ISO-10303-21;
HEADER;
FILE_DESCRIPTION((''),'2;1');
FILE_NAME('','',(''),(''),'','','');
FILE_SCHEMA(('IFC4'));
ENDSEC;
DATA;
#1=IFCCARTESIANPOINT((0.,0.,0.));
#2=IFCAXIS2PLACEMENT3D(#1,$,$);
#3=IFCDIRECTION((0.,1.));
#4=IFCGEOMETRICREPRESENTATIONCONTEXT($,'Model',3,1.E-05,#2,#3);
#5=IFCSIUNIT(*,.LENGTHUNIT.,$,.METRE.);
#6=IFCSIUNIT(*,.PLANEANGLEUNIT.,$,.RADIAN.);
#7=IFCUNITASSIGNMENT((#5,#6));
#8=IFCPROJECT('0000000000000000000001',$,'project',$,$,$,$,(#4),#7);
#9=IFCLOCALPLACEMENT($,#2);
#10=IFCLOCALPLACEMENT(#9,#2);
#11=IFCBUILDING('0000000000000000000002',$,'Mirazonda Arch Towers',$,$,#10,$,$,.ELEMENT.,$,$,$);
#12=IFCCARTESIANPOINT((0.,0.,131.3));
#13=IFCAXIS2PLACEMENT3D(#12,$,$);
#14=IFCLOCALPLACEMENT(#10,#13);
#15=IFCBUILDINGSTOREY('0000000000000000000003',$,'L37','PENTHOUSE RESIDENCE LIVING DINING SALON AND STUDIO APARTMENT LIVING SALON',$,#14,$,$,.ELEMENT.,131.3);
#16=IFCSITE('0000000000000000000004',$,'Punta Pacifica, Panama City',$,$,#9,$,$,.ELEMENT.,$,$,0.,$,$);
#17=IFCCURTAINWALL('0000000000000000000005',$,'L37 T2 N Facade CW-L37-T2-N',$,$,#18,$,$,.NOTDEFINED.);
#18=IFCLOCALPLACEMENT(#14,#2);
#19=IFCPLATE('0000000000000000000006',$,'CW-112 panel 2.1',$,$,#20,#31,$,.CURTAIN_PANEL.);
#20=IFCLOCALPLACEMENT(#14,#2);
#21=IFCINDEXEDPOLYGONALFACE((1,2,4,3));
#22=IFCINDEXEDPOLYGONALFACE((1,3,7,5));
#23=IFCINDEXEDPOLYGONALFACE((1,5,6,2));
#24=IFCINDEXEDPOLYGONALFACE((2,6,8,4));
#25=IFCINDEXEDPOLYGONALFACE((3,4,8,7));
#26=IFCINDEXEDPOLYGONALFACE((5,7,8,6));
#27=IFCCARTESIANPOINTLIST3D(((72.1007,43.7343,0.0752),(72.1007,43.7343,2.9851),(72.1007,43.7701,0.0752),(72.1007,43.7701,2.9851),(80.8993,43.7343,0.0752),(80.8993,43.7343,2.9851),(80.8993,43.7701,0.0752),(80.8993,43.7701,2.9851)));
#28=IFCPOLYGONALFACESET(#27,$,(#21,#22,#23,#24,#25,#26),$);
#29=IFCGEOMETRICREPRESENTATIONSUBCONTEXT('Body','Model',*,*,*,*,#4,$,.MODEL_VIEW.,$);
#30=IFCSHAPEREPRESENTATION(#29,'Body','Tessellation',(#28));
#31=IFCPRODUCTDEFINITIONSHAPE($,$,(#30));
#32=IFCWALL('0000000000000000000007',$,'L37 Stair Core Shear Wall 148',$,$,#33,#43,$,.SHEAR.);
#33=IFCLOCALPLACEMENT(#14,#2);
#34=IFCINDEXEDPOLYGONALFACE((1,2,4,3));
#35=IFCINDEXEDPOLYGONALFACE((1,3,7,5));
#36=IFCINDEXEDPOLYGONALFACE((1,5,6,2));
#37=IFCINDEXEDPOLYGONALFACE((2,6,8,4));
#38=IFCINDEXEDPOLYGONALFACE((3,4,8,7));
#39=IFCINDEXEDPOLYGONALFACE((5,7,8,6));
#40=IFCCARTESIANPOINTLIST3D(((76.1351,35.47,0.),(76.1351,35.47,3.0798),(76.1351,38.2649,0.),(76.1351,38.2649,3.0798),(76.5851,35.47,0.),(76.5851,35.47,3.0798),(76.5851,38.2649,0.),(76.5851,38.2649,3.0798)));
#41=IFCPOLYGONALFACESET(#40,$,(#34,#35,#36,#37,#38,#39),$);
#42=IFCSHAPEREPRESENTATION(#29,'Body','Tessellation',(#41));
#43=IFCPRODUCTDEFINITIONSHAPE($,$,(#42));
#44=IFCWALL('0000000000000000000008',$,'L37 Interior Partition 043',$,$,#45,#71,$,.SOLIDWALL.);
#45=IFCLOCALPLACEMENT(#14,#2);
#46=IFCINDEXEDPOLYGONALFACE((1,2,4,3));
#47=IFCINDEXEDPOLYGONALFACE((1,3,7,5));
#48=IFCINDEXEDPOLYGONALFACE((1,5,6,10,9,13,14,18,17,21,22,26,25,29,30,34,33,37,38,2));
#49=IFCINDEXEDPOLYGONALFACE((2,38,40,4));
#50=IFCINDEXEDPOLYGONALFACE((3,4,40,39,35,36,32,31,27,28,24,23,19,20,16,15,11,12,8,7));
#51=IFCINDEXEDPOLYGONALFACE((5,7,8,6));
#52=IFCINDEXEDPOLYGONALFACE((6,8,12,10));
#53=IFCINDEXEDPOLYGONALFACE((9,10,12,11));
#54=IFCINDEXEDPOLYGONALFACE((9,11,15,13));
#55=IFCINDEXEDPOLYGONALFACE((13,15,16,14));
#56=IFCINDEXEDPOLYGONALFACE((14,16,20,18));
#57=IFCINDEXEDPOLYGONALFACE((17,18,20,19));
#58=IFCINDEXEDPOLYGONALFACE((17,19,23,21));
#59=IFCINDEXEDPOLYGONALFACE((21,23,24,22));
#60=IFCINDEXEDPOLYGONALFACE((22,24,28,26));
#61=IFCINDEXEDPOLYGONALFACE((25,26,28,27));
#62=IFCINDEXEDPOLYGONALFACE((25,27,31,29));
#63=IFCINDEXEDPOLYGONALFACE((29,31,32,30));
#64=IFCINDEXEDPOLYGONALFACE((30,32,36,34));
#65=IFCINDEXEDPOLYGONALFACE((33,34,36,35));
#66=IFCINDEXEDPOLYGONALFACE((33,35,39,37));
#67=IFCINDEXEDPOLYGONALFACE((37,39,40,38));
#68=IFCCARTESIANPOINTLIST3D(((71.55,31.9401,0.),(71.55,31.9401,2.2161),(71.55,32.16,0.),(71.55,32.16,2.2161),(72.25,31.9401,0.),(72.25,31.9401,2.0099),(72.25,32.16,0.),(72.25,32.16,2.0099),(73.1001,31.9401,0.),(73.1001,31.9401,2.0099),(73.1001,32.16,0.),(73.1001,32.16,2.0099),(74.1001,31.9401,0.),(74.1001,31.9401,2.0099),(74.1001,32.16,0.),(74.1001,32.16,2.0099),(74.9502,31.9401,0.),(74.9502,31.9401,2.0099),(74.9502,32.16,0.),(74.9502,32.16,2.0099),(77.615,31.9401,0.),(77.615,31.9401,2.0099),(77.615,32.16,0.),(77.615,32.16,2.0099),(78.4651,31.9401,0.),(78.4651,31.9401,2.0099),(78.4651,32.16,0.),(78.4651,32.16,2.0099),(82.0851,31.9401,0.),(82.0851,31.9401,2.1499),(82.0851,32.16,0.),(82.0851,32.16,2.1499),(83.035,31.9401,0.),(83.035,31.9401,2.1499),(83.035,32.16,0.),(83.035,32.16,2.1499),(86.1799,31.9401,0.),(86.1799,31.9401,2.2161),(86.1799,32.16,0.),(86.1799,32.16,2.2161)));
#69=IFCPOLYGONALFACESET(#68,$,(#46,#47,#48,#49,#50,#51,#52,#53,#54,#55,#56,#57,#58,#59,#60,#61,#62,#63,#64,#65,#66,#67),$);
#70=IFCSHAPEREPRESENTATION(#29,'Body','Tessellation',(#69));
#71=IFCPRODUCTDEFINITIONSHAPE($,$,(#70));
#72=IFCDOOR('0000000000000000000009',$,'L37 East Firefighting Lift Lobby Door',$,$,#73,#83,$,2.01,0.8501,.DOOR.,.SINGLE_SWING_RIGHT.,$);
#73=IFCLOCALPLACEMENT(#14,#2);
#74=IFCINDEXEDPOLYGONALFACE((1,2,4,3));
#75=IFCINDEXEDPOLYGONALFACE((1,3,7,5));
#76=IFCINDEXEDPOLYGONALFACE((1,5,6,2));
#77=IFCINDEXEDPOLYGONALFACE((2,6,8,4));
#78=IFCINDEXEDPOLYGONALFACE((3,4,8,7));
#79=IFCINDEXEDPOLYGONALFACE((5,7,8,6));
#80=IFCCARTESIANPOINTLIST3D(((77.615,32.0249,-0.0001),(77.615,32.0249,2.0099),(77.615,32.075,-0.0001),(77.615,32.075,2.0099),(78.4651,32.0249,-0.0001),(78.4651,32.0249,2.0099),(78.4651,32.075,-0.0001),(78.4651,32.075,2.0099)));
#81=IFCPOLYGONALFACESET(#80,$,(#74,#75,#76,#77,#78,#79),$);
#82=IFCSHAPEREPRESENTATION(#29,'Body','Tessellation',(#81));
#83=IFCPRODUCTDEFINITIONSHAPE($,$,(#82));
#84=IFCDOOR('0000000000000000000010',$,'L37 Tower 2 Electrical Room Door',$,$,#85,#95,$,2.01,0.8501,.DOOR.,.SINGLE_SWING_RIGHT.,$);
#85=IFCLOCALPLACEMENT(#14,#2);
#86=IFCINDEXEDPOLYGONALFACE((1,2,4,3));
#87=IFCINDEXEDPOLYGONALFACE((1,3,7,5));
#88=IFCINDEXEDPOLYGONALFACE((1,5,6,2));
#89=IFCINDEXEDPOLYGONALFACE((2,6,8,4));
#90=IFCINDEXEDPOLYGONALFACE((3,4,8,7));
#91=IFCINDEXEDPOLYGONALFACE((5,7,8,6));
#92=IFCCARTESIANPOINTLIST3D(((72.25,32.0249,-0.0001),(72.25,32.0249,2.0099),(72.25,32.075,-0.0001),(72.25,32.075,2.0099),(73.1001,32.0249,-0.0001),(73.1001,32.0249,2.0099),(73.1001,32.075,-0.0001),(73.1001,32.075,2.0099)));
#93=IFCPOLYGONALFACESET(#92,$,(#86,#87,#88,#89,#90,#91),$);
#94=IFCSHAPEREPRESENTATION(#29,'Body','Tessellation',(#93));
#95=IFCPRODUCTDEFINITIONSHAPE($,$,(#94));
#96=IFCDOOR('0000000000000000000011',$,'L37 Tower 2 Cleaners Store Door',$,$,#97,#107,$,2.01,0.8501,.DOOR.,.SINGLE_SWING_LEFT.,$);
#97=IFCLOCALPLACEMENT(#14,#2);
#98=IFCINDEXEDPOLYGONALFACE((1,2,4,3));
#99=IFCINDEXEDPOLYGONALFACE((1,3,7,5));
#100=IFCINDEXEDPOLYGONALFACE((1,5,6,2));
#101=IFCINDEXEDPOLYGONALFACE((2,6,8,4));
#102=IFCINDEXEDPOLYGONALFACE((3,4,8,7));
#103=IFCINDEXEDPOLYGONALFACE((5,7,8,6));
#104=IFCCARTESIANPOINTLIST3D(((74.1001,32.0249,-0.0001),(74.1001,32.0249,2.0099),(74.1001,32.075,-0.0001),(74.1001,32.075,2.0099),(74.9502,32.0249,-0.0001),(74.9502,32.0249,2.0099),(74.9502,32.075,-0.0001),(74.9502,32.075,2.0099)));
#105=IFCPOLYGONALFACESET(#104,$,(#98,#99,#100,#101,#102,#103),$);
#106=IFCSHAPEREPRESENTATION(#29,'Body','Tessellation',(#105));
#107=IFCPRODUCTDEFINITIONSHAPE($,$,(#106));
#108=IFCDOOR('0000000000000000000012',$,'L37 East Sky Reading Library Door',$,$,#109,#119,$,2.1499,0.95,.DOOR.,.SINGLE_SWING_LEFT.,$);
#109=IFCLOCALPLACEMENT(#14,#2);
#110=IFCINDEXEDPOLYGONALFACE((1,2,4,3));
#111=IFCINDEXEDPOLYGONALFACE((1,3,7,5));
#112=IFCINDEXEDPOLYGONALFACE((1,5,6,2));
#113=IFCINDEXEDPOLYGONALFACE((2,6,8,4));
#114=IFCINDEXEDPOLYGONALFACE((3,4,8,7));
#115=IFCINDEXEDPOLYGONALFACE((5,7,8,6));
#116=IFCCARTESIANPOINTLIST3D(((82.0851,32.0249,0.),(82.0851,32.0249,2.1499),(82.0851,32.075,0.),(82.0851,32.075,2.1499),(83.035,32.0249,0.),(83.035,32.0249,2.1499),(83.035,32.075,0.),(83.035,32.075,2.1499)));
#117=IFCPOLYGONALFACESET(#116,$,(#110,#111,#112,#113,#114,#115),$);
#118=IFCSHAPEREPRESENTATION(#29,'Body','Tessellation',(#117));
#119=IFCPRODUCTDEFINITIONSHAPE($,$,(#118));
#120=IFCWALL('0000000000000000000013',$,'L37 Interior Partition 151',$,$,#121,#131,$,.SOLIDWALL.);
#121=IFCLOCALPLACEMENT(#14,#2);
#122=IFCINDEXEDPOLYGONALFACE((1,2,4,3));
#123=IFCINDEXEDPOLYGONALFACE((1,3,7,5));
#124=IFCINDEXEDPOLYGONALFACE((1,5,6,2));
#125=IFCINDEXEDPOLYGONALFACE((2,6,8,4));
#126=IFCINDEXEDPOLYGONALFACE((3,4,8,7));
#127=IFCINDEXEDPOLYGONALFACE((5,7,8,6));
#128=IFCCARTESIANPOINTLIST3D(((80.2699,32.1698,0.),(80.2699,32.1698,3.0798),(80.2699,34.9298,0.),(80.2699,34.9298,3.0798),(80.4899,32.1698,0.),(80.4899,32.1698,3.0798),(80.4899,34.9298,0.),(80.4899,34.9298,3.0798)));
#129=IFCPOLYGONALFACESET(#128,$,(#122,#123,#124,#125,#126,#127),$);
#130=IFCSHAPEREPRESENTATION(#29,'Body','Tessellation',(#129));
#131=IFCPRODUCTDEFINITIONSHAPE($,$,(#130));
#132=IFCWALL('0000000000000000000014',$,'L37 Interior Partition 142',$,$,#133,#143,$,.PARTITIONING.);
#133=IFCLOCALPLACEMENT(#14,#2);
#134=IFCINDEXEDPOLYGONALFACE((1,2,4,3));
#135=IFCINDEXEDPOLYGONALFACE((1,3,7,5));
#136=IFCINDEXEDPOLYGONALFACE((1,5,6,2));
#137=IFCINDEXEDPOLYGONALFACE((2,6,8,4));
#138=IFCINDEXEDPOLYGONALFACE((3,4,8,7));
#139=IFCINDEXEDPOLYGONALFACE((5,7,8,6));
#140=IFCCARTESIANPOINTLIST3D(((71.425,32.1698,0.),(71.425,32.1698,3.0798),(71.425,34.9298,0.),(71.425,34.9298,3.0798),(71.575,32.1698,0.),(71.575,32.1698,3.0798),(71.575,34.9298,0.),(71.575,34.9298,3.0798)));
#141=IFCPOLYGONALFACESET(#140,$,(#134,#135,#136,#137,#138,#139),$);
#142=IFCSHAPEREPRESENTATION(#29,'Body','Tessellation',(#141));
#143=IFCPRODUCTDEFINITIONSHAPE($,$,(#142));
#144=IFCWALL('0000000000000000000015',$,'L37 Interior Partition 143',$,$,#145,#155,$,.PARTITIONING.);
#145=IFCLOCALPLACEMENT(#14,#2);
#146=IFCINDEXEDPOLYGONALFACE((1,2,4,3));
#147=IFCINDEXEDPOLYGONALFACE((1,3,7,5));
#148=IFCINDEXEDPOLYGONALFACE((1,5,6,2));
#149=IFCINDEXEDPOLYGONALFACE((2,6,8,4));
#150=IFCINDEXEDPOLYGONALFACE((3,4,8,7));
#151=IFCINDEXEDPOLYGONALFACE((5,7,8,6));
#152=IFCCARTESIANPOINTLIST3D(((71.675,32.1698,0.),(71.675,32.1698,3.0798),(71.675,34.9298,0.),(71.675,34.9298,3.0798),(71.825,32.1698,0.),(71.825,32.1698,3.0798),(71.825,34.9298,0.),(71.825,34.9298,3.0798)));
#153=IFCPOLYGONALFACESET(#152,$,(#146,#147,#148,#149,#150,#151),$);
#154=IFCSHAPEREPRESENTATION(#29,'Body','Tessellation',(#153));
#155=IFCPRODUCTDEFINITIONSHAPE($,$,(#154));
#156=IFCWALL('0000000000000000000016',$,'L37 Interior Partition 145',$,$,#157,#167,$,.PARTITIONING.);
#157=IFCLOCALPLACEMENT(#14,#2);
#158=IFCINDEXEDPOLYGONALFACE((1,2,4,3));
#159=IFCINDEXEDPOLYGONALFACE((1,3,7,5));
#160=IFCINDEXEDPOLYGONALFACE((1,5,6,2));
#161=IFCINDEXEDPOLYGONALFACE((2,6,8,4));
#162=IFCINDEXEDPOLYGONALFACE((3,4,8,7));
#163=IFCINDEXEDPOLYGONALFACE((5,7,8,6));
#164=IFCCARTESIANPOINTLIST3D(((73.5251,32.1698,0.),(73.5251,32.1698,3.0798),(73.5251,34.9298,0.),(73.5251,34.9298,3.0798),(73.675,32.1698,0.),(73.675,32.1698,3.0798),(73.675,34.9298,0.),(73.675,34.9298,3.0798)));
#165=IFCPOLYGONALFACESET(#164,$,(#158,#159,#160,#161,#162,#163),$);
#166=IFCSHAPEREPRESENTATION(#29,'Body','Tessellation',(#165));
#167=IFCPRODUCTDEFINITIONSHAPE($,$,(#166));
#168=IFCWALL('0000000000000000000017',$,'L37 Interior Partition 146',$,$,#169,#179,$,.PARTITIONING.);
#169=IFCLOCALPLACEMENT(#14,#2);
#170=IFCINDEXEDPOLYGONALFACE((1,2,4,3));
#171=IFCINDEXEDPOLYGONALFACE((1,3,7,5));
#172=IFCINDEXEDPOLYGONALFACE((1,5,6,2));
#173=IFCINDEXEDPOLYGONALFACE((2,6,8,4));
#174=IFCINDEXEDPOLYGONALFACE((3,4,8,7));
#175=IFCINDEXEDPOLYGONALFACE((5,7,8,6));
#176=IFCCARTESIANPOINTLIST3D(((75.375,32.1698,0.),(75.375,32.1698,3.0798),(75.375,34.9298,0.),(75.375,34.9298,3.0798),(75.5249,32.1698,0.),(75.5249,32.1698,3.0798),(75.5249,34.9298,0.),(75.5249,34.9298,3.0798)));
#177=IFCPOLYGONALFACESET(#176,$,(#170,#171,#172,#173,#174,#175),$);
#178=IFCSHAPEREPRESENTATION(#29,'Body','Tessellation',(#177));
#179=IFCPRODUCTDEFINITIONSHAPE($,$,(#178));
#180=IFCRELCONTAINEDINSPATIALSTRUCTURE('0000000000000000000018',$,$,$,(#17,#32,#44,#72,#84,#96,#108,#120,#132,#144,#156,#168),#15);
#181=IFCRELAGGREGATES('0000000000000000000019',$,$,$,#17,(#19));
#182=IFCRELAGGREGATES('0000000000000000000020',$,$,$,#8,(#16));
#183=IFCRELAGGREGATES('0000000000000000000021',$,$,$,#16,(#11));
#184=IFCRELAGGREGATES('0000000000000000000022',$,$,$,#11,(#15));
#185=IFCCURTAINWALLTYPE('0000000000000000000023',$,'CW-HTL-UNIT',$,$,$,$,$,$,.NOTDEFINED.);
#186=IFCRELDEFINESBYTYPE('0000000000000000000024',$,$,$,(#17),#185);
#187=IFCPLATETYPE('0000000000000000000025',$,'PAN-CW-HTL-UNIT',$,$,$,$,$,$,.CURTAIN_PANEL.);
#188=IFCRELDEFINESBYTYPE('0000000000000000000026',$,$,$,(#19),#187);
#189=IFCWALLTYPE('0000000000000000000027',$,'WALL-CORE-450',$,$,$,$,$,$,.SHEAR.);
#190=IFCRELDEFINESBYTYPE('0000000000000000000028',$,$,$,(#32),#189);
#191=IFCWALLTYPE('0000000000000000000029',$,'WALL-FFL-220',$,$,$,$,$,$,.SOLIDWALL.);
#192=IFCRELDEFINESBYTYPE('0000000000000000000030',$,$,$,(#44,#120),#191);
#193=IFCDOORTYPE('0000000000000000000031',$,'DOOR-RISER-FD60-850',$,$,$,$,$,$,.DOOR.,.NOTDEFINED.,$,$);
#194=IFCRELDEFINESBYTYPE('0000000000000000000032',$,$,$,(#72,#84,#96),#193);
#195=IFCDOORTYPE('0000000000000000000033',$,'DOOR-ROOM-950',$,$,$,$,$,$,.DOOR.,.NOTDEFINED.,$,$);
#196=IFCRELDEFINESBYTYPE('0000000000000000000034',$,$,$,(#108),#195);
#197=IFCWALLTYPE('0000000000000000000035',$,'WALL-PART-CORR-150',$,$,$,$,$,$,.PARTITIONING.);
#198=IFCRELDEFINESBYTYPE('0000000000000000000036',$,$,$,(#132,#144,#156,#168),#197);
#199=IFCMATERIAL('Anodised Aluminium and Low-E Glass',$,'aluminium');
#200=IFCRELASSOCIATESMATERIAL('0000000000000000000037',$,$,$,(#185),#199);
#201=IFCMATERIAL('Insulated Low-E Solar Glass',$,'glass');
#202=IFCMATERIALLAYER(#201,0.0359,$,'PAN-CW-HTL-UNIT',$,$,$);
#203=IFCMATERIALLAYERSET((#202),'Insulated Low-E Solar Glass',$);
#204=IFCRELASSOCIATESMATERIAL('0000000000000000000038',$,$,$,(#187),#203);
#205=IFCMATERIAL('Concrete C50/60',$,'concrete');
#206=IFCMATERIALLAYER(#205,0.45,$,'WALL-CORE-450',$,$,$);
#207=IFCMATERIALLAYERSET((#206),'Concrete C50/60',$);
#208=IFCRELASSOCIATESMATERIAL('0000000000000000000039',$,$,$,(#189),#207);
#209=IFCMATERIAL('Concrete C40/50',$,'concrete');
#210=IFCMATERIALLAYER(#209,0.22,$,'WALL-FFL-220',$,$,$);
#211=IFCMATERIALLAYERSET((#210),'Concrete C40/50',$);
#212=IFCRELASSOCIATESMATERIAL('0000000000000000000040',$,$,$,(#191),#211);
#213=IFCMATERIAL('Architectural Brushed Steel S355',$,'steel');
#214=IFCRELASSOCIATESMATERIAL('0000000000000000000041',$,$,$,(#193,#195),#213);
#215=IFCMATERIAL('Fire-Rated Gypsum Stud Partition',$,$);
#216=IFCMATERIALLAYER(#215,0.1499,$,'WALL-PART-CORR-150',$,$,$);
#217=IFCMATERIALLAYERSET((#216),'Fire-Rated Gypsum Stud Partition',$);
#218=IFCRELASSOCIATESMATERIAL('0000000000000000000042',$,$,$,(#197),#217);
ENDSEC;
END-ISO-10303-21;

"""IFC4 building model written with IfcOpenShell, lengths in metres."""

from ifc_helpers import new_model, si_unit, direction, frame, frame_2d, origin, origin_2d, place, context, subcontext, project, spatial, rectangle, extrude, material, layer, layer_set, type_object, element, fill, aggregate, save


model = new_model("IFC4")

# Units and contexts
model_context = context("Model", 3, precision=1e-05, world=origin(), true_north=direction((0.0, 1.0)))
body_context = subcontext(model_context, "Body", "Model", "MODEL_VIEW")
ifc_project = project(units=[si_unit("LENGTHUNIT", "METRE"), si_unit("PLANEANGLEUNIT", "RADIAN")], contexts=[model_context])

# Site, building, storey
site_placement = place(None, origin())
site = spatial("IfcSite", under=ifc_project, at=site_placement, Name="Punta Pacifica, Panama City", CompositionType="ELEMENT", RefElevation=0.0)
building_placement = place(site_placement, origin())
building = spatial("IfcBuilding", under=site, at=building_placement, Name="Mirazonda Arch Towers", CompositionType="ELEMENT")
storey_placement = place(building_placement, frame((0.0, 0.0, 131.3)))
storey = spatial("IfcBuildingStorey", under=building, at=storey_placement, Name="L37", Description="PENTHOUSE RESIDENCE LIVING DINING SALON AND STUDIO APARTMENT LIVING SALON", CompositionType="ELEMENT", Elevation=131.3)

# Shared definitions
ifc_material_1 = material(Name="Concrete C50/60", Category="concrete")

# Curtain wall, plate
ifc_material_2 = material(Name="Anodised Aluminium and Low-E Glass", Category="aluminium")
curtain_wall_type = type_object("IfcCurtainWallType", Name="CW-HTL-UNIT", PredefinedType="NOTDEFINED", material=ifc_material_2)
curtain_wall_placement = place(storey_placement, origin())
curtain_wall = element("IfcCurtainWall", 1, at=curtain_wall_placement, inside=storey, type_object=curtain_wall_type, Name="L37 T2 N Facade CW-L37-T2-N", PredefinedType="NOTDEFINED")
ifc_material_3 = material(Name="Insulated Low-E Solar Glass", Category="glass")
ifc_layer_1 = layer(ifc_material_3, 0.0359, Name="PAN-CW-HTL-UNIT")
ifc_layer_set_1 = layer_set([ifc_layer_1], Name="Insulated Low-E Solar Glass")
plate_type = type_object("IfcPlateType", Name="PAN-CW-HTL-UNIT", PredefinedType="CURTAIN_PANEL", material=ifc_layer_set_1)
plate_placement = place(storey_placement, frame((76.5, 43.7522, 0.0752), z_axis=(0.0, 0.0, 1.0), x_axis=(1.0, 0.0, 0.0)))
plate = element("IfcPlate", 2, at=plate_placement, type_object=plate_type, Name="CW-112 panel 2.1", PredefinedType="CURTAIN_PANEL", context=body_context, shape_type="SweptSolid", body=[
    extrude(rectangle(XDim=8.7986, YDim=0.0359, at=origin_2d()), origin(), (0.0, 0.0, 1.0), 2.9099),
])
aggregate(curtain_wall, [plate])

# Wall
ifc_layer_2 = layer(ifc_material_1, 0.45, Name="WALL-CORE-450")
ifc_layer_set_2 = layer_set([ifc_layer_2], Name="Concrete C50/60")
wall_type_1 = type_object("IfcWallType", Name="WALL-CORE-450", PredefinedType="SHEAR", material=ifc_layer_set_2)
wall_1_placement = place(storey_placement, frame((76.3601, 35.47, 0.0), z_axis=(0.0, 0.0, 1.0), x_axis=(0.0, 1.0, 0.0)))
element("IfcWall", 3, at=wall_1_placement, inside=storey, type_object=wall_type_1, Name="L37 Stair Core Shear Wall 148", PredefinedType="SHEAR", context=body_context, shape_type="SweptSolid", body=[
    extrude(rectangle(XDim=2.7949, YDim=0.45, at=frame_2d((1.3975, 0.0))), origin(), (0.0, 0.0, 1.0), 3.0798),
])

# Wall, openings, doors
ifc_material_4 = material(Name="Concrete C40/50", Category="concrete")
ifc_layer_3 = layer(ifc_material_4, 0.22, Name="WALL-FFL-220")
ifc_layer_set_3 = layer_set([ifc_layer_3], Name="Concrete C40/50")
wall_type_2 = type_object("IfcWallType", Name="WALL-FFL-220", PredefinedType="SOLIDWALL", material=ifc_layer_set_3)
wall_2_placement = place(storey_placement, frame((71.55, 32.05, 0.0), z_axis=(0.0, 0.0, 1.0), x_axis=(1.0, 0.0, 0.0)))
wall_2 = element("IfcWall", 4, at=wall_2_placement, inside=storey, type_object=wall_type_2, Name="L37 Interior Partition 043", PredefinedType="SOLIDWALL", context=body_context, shape_type="SweptSolid", body=[
    extrude(rectangle(XDim=14.6299, YDim=0.22, at=frame_2d((7.3149, 0.0))), origin(), (0.0, 0.0, 1.0), 2.2161),
])
opening_1_placement = place(wall_2_placement, frame((6.0649, 0.0, 0.0)))
opening_1 = element("IfcOpeningElement", 5, at=opening_1_placement, cuts=wall_2, PredefinedType="OPENING", context=body_context, shape_type="SweptSolid", body=[
    extrude(rectangle(XDim=0.8501, YDim=2.01, at=frame_2d((0.425, 1.0049))), frame((0.0, 0.1199, 0.0), z_axis=(0.0, -1.0, 0.0), x_axis=(1.0, 0.0, 0.0)), (0.0, 0.0, 1.0), 0.24),
])
opening_2_placement = place(wall_2_placement, frame((10.5349, 0.0, 0.0)))
opening_2 = element("IfcOpeningElement", 6, at=opening_2_placement, cuts=wall_2, PredefinedType="OPENING", context=body_context, shape_type="SweptSolid", body=[
    extrude(rectangle(XDim=0.95, YDim=2.1499, at=frame_2d((0.4751, 1.075))), frame((0.0, 0.1199, 0.0), z_axis=(0.0, -1.0, 0.0), x_axis=(1.0, 0.0, 0.0)), (0.0, 0.0, 1.0), 0.24),
])
opening_3_placement = place(wall_2_placement, frame((0.7, 0.0, 0.0)))
opening_3 = element("IfcOpeningElement", 7, at=opening_3_placement, cuts=wall_2, PredefinedType="OPENING", context=body_context, shape_type="SweptSolid", body=[
    extrude(rectangle(XDim=0.8501, YDim=2.01, at=frame_2d((0.425, 1.0049))), frame((0.0, 0.1199, 0.0), z_axis=(0.0, -1.0, 0.0), x_axis=(1.0, 0.0, 0.0)), (0.0, 0.0, 1.0), 0.24),
])
opening_4_placement = place(wall_2_placement, frame((2.55, 0.0, 0.0)))
opening_4 = element("IfcOpeningElement", 8, at=opening_4_placement, cuts=wall_2, PredefinedType="OPENING", context=body_context, shape_type="SweptSolid", body=[
    extrude(rectangle(XDim=0.8501, YDim=2.01, at=frame_2d((0.425, 1.0049))), frame((0.0, 0.1199, 0.0), z_axis=(0.0, -1.0, 0.0), x_axis=(1.0, 0.0, 0.0)), (0.0, 0.0, 1.0), 0.24),
])
ifc_material_5 = material(Name="Architectural Brushed Steel S355", Category="steel")
door_type_1 = type_object("IfcDoorType", Name="DOOR-RISER-FD60-850", OperationType="NOTDEFINED", PredefinedType="DOOR", material=ifc_material_5)
door_1_placement = place(opening_1_placement, origin())
door_1 = element("IfcDoor", 9, at=door_1_placement, inside=storey, type_object=door_type_1, Name="L37 East Firefighting Lift Lobby Door", OperationType="SINGLE_SWING_RIGHT", OverallHeight=2.01, OverallWidth=0.8501, PredefinedType="DOOR", context=body_context, shape_type="SweptSolid", body=[
    extrude(rectangle(XDim=0.8501, YDim=2.01, at=frame_2d((0.425, 1.0049))), frame((0.0, 0.0249, 0.0), z_axis=(0.0, -1.0, 0.0), x_axis=(1.0, 0.0, 0.0)), (0.0, 0.0, 1.0), 0.05),
])
fill(opening_1, door_1)
door_2_placement = place(opening_3_placement, origin())
door_2 = element("IfcDoor", 10, at=door_2_placement, inside=storey, type_object=door_type_1, Name="L37 Tower 2 Electrical Room Door", OperationType="SINGLE_SWING_RIGHT", OverallHeight=2.01, OverallWidth=0.8501, PredefinedType="DOOR", context=body_context, shape_type="SweptSolid", body=[
    extrude(rectangle(XDim=0.8501, YDim=2.01, at=frame_2d((0.425, 1.0049))), frame((0.0, 0.0249, 0.0), z_axis=(0.0, -1.0, 0.0), x_axis=(1.0, 0.0, 0.0)), (0.0, 0.0, 1.0), 0.05),
])
fill(opening_3, door_2)
door_3_placement = place(opening_4_placement, origin())
door_3 = element("IfcDoor", 11, at=door_3_placement, inside=storey, type_object=door_type_1, Name="L37 Tower 2 Cleaners Store Door", OperationType="SINGLE_SWING_LEFT", OverallHeight=2.01, OverallWidth=0.8501, PredefinedType="DOOR", context=body_context, shape_type="SweptSolid", body=[
    extrude(rectangle(XDim=0.8501, YDim=2.01, at=frame_2d((0.425, 1.0049))), frame((0.0, 0.0249, 0.0), z_axis=(0.0, -1.0, 0.0), x_axis=(1.0, 0.0, 0.0)), (0.0, 0.0, 1.0), 0.05),
])
fill(opening_4, door_3)
door_type_2 = type_object("IfcDoorType", Name="DOOR-ROOM-950", OperationType="NOTDEFINED", PredefinedType="DOOR", material=ifc_material_5)
door_4_placement = place(opening_2_placement, origin())
door_4 = element("IfcDoor", 12, at=door_4_placement, inside=storey, type_object=door_type_2, Name="L37 East Sky Reading Library Door", OperationType="SINGLE_SWING_LEFT", OverallHeight=2.1499, OverallWidth=0.95, PredefinedType="DOOR", context=body_context, shape_type="SweptSolid", body=[
    extrude(rectangle(XDim=0.95, YDim=2.1499, at=frame_2d((0.4751, 1.075))), frame((0.0, 0.0249, 0.0), z_axis=(0.0, -1.0, 0.0), x_axis=(1.0, 0.0, 0.0)), (0.0, 0.0, 1.0), 0.05),
])
fill(opening_2, door_4)

# Walls
wall_3_placement = place(storey_placement, frame((80.3799, 32.1699, 0.0), z_axis=(0.0, 0.0, 1.0), x_axis=(0.0, 1.0, 0.0)))
element("IfcWall", 13, at=wall_3_placement, inside=storey, type_object=wall_type_2, Name="L37 Interior Partition 151", PredefinedType="SOLIDWALL", context=body_context, shape_type="SweptSolid", body=[
    extrude(rectangle(XDim=2.76, YDim=0.22, at=frame_2d((1.3799, 0.0))), origin(), (0.0, 0.0, 1.0), 3.0798),
])
ifc_material_6 = material(Name="Fire-Rated Gypsum Stud Partition")
ifc_layer_4 = layer(ifc_material_6, 0.1499, Name="WALL-PART-CORR-150")
ifc_layer_set_4 = layer_set([ifc_layer_4], Name="Fire-Rated Gypsum Stud Partition")
wall_type_3 = type_object("IfcWallType", Name="WALL-PART-CORR-150", PredefinedType="PARTITIONING", material=ifc_layer_set_4)
for number, where, z_axis, x_axis, name in (
    (14, (71.5, 32.1699, 0.0), (0.0, 0.0, 1.0), (0.0, 1.0, 0.0), "L37 Interior Partition 142"),
    (15, (71.75, 32.1699, 0.0), (0.0, 0.0, 1.0), (0.0, 1.0, 0.0), "L37 Interior Partition 143"),
    (16, (73.6001, 32.1699, 0.0), (0.0, 0.0, 1.0), (0.0, 1.0, 0.0), "L37 Interior Partition 145"),
    (17, (75.45, 32.1699, 0.0), (0.0, 0.0, 1.0), (0.0, 1.0, 0.0), "L37 Interior Partition 146"),
):
    element("IfcWall", number, at=place(storey_placement, frame(where, z_axis=z_axis, x_axis=x_axis)), inside=storey, type_object=wall_type_3, Name=name, PredefinedType="PARTITIONING", context=body_context, shape_type="SweptSolid", body=[
        extrude(rectangle(XDim=2.76, YDim=0.1499, at=frame_2d((1.3799, 0.0))), origin(), (0.0, 0.0, 1.0), 3.0798),
    ])

save(model, "model.ifc")
